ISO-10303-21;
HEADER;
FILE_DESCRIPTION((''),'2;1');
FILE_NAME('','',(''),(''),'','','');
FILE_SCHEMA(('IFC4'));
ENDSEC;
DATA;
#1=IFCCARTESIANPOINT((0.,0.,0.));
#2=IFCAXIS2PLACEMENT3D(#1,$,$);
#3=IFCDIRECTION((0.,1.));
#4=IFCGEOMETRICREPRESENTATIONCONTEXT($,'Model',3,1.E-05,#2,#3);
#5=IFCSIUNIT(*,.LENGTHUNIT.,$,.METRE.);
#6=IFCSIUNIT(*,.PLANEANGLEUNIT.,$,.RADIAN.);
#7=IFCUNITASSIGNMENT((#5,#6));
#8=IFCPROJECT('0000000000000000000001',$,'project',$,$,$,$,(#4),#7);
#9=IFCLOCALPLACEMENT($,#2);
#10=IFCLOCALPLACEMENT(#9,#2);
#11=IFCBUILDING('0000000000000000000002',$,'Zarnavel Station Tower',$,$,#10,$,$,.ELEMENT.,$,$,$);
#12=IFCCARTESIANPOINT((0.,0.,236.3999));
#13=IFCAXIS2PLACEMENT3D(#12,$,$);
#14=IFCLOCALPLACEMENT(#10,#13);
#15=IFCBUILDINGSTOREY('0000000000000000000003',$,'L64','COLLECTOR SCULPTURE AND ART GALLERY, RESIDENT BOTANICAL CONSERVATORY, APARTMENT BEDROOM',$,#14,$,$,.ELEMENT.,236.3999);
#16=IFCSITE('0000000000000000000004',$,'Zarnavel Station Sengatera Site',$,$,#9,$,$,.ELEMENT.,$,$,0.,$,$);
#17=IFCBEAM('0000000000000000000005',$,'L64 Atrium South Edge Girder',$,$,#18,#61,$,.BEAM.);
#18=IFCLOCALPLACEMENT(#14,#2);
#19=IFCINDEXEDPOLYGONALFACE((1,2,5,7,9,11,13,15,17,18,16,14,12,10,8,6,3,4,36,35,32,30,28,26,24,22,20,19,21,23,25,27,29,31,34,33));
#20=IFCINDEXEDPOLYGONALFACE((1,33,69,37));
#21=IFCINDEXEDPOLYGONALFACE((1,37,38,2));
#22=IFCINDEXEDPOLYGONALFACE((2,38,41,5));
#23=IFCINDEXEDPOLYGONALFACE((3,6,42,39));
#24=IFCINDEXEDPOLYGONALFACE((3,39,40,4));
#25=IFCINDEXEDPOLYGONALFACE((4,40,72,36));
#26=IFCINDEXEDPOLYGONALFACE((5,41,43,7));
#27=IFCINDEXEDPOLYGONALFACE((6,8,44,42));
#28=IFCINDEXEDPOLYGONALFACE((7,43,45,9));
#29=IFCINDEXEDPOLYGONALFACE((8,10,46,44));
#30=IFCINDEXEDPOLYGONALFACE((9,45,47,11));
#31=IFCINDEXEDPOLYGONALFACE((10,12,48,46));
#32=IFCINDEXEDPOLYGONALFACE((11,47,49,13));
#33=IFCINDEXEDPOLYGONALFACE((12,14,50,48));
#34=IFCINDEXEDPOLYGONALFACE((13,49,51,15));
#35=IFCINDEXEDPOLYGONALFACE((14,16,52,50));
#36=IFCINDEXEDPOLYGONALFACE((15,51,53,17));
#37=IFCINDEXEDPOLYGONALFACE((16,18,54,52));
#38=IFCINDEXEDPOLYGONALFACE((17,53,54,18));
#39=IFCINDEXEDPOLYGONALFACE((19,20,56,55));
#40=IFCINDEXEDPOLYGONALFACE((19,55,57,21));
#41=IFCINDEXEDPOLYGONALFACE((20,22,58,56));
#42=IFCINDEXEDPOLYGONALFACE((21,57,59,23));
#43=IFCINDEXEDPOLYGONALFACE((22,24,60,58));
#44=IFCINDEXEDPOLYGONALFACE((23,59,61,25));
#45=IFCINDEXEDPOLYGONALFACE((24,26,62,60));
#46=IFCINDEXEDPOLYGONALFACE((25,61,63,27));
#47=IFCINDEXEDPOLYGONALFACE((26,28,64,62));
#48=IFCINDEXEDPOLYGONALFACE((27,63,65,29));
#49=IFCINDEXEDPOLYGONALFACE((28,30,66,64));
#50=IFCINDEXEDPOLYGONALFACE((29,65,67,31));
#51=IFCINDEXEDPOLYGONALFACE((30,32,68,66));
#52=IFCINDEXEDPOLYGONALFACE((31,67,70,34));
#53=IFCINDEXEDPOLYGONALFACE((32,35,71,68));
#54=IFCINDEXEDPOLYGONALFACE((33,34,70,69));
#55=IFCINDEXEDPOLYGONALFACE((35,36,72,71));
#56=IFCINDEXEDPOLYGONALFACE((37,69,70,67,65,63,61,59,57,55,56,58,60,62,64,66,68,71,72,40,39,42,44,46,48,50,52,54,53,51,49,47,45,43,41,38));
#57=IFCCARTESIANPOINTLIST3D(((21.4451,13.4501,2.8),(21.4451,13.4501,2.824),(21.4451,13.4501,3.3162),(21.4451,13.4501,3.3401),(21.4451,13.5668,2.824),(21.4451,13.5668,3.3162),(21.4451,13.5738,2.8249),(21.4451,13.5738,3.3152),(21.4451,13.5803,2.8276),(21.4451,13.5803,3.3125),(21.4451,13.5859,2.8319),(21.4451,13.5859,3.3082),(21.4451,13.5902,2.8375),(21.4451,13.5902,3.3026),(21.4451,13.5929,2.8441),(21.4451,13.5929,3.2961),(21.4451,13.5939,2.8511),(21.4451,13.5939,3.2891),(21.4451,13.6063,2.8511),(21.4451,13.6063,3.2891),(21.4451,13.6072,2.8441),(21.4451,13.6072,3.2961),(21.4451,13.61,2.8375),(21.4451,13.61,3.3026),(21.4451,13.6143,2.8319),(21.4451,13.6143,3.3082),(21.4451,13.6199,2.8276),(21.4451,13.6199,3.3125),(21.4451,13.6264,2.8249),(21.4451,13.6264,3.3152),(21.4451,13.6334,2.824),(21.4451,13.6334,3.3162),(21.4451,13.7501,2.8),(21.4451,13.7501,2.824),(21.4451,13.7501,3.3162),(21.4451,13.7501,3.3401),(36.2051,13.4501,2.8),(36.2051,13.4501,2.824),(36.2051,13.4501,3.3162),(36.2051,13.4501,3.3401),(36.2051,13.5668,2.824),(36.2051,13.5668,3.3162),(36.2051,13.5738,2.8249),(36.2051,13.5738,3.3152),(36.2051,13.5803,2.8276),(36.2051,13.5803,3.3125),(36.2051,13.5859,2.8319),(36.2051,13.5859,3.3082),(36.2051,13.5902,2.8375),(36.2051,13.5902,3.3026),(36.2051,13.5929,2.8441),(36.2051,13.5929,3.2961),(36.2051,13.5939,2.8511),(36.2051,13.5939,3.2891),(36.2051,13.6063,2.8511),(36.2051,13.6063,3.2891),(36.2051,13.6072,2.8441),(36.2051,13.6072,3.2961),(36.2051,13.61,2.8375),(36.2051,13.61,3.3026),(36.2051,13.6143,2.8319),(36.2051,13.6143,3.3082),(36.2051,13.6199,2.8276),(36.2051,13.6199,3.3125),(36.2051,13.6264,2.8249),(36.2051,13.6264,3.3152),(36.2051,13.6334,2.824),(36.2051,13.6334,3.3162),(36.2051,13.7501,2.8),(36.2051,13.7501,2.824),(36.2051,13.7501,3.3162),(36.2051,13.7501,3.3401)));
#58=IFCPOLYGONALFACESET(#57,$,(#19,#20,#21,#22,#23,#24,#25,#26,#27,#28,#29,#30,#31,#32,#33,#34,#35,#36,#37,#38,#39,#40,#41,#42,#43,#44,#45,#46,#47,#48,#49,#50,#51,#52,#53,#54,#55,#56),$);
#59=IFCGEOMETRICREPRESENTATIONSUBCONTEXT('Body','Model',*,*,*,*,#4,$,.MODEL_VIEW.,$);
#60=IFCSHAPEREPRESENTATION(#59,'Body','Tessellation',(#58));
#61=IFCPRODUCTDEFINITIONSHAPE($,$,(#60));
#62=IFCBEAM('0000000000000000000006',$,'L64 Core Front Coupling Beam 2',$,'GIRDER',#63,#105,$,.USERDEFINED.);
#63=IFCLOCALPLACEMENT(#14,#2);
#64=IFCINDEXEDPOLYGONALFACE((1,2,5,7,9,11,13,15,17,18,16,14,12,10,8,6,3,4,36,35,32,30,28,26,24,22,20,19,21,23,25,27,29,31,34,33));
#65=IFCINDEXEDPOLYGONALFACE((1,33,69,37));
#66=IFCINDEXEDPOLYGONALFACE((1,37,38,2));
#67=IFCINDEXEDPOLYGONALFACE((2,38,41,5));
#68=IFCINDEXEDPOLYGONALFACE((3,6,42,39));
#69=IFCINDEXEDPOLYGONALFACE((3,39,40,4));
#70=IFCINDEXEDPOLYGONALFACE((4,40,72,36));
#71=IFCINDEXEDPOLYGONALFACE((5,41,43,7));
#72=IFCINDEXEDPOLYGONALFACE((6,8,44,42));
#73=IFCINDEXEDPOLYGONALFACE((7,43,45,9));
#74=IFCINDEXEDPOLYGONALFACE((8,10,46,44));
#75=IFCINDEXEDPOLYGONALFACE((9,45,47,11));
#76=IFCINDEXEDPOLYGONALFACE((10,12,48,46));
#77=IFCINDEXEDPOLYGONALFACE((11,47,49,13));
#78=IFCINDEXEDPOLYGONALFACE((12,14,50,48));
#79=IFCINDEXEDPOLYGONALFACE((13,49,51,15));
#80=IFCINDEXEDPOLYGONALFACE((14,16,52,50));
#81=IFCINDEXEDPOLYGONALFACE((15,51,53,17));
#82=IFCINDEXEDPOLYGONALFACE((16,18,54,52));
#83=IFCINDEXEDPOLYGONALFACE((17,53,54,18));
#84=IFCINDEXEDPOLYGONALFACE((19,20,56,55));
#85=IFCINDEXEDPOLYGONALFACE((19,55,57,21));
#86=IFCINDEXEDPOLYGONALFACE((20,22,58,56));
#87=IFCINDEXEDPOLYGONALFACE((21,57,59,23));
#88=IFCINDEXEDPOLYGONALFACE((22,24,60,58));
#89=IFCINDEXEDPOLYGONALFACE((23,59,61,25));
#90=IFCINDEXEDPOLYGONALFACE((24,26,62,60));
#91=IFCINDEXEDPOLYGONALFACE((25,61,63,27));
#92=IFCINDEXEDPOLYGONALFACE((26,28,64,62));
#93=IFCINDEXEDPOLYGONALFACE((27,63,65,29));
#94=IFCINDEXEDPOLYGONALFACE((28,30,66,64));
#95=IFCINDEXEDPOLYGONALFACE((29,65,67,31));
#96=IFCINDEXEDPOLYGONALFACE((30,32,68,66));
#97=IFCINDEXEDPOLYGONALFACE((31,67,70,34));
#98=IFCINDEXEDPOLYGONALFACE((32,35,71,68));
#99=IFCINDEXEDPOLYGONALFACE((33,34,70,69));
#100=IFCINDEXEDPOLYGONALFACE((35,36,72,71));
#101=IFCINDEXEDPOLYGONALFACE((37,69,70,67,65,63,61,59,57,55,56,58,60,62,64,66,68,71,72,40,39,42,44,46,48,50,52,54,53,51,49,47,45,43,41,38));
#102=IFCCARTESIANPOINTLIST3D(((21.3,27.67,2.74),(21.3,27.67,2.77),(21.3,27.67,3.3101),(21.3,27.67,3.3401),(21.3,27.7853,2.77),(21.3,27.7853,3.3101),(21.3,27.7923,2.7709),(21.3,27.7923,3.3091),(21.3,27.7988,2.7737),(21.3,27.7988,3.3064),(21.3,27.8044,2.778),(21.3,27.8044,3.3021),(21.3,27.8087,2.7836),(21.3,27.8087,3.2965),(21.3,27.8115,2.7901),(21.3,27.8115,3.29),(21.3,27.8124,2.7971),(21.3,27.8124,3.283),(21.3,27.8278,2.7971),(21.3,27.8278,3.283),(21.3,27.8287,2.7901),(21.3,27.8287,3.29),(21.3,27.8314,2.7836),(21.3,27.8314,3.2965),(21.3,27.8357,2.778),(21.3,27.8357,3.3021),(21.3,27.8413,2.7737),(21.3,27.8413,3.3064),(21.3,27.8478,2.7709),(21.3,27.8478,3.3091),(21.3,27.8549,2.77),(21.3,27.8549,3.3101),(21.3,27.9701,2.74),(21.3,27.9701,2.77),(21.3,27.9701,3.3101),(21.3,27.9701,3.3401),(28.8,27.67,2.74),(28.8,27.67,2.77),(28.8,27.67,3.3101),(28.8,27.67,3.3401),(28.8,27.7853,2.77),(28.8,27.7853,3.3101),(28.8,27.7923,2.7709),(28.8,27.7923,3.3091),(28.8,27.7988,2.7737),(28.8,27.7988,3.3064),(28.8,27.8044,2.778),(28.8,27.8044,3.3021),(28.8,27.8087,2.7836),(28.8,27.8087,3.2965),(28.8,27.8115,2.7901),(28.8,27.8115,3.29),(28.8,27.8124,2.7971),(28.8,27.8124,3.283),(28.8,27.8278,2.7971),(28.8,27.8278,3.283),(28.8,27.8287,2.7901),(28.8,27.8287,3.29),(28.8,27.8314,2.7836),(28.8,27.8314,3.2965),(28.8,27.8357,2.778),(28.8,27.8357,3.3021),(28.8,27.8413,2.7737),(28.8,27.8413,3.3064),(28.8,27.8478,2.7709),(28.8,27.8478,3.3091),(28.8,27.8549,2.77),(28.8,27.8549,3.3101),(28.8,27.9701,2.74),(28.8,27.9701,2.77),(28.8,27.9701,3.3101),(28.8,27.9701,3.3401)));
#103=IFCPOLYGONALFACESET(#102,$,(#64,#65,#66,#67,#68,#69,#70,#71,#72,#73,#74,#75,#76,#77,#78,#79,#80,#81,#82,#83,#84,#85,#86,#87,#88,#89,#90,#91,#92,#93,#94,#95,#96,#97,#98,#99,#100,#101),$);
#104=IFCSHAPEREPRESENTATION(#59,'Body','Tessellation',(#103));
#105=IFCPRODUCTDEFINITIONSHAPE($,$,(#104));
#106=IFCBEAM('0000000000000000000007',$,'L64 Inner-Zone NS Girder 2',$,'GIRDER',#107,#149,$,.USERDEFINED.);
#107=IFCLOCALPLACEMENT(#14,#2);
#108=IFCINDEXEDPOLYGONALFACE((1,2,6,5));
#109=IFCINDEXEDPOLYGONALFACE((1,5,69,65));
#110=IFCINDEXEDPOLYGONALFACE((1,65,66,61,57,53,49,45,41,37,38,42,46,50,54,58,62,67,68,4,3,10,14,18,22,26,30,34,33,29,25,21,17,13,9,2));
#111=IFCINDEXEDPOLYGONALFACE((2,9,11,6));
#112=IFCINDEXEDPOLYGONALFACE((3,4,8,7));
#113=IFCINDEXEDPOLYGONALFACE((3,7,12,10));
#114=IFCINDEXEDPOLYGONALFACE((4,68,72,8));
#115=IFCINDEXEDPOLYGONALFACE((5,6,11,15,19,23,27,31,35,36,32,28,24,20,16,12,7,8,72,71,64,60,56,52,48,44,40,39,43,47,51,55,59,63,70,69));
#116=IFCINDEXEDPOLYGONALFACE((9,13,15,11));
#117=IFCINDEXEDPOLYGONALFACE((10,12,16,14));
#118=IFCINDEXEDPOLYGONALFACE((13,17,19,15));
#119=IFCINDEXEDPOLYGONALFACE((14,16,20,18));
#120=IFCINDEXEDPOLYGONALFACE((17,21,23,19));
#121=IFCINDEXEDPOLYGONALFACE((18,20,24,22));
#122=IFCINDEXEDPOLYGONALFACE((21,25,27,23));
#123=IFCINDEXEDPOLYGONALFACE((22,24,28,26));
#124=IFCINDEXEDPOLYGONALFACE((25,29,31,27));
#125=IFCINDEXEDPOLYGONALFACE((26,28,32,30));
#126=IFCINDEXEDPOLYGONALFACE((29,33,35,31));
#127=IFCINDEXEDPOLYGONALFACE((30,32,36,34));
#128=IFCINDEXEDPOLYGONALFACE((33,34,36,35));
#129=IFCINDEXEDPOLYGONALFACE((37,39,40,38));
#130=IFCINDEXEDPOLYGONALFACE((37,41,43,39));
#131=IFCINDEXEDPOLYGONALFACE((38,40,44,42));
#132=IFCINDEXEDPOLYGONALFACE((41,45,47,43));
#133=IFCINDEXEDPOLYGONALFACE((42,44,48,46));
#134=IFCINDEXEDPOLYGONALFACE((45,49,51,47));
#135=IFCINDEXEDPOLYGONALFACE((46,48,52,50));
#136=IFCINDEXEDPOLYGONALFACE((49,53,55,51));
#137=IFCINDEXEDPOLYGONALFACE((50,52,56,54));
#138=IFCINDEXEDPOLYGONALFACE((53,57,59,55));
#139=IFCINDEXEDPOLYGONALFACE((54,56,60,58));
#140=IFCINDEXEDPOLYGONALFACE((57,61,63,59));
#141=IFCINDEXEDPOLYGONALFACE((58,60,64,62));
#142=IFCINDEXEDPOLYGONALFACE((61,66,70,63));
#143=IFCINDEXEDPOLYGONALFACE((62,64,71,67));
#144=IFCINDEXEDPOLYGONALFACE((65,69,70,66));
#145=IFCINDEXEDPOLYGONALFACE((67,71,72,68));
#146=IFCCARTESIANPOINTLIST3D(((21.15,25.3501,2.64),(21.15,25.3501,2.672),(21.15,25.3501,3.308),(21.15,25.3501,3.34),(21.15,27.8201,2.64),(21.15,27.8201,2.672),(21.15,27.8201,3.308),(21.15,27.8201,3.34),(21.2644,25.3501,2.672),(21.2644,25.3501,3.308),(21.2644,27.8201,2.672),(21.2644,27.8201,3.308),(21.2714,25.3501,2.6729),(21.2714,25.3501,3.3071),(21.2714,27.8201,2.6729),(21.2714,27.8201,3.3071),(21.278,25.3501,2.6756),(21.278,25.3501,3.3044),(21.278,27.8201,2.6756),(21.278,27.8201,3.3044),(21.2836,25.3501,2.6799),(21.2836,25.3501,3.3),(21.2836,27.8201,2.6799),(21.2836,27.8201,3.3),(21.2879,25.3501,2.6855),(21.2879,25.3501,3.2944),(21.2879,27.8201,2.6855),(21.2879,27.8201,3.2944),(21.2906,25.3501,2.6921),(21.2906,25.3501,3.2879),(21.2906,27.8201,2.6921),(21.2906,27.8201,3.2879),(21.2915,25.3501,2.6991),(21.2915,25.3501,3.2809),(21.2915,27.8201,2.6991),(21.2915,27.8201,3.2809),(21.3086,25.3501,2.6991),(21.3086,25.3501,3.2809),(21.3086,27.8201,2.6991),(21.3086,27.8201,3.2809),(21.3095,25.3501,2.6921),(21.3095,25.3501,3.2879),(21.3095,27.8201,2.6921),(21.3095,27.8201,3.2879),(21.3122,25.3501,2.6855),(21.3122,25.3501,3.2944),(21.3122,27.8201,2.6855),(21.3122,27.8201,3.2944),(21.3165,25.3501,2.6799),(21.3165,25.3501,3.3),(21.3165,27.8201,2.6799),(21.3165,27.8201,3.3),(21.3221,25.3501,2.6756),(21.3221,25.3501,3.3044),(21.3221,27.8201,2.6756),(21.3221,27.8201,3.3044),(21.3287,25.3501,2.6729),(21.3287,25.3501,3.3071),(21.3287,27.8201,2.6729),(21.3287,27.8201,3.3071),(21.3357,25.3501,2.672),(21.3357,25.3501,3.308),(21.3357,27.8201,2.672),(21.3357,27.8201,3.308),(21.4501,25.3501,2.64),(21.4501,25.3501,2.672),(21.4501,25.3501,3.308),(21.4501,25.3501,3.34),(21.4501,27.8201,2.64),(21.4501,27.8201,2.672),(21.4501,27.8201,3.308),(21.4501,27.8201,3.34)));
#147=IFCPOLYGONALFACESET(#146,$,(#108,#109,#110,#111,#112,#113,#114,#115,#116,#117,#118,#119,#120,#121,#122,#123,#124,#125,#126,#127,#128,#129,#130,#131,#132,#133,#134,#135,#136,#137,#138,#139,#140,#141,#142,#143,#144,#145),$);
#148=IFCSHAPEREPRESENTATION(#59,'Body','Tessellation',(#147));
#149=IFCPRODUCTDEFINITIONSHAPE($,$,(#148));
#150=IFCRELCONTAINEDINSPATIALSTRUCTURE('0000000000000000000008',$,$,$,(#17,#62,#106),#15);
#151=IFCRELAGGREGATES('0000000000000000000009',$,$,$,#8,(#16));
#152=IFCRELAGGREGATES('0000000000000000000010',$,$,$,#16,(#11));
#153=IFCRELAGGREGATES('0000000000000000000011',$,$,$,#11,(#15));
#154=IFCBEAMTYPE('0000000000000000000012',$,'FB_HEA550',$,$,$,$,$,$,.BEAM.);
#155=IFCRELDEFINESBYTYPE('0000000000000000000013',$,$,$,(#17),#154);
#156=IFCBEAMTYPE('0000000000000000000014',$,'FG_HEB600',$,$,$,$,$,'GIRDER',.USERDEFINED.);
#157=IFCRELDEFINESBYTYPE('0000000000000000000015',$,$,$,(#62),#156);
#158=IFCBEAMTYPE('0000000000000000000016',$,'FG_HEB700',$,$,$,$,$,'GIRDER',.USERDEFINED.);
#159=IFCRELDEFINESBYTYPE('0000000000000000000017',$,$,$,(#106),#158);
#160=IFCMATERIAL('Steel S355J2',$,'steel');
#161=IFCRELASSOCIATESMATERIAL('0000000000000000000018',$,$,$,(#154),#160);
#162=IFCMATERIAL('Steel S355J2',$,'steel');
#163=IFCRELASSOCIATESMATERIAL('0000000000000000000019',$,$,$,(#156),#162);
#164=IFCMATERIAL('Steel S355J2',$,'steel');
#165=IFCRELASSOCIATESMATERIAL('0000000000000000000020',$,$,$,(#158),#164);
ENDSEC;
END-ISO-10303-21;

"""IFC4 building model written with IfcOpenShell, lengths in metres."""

from ifc_helpers import new_model, si_unit, direction, frame, origin, origin_2d, place, context, subcontext, project, spatial, i_section, extrude, material, material_profile, profile_set, type_object, element, save


model = new_model("IFC4")

# Units and contexts
model_context = context("Model", 3, precision=1e-05, world=origin(), true_north=direction((0.0, 1.0)))
body_context = subcontext(model_context, "Body", "Model", "MODEL_VIEW")
ifc_project = project(units=[si_unit("LENGTHUNIT", "METRE"), si_unit("PLANEANGLEUNIT", "RADIAN")], contexts=[model_context])

# Site, building, storey
site_placement = place(None, origin())
site = spatial("IfcSite", under=ifc_project, at=site_placement, Name="Zarnavel Station Sengatera Site", CompositionType="ELEMENT", RefElevation=0.0)
building_placement = place(site_placement, origin())
building = spatial("IfcBuilding", under=site, at=building_placement, Name="Zarnavel Station Tower", CompositionType="ELEMENT")
storey_placement = place(building_placement, frame((0.0, 0.0, 236.3999)))
storey = spatial("IfcBuildingStorey", under=building, at=storey_placement, Name="L64", Description="COLLECTOR SCULPTURE AND ART GALLERY, RESIDENT BOTANICAL CONSERVATORY, APARTMENT BEDROOM", CompositionType="ELEMENT", Elevation=236.3999)

# Beams
ifc_material_1 = material(Name="Steel S355J2", Category="steel")
ifc_material_profile_1 = material_profile(ifc_material_1, i_section(OverallWidth=0.3, OverallDepth=0.54, WebThickness=0.0125, FlangeThickness=0.0239, FilletRadius=0.0271, at=origin_2d()), Name="HEA550")
ifc_profile_set_1 = profile_set([ifc_material_profile_1], Name="Steel S355J2")
beam_type_1 = type_object("IfcBeamType", Name="FB_HEA550", PredefinedType="BEAM", material=ifc_profile_set_1)
beam_1_placement = place(storey_placement, frame((21.4451, 13.6001, 3.0701), z_axis=(1.0, 0.0, 0.0), x_axis=(0.0, 1.0, 0.0)))
element("IfcBeam", 1, at=beam_1_placement, inside=storey, type_object=beam_type_1, Name="L64 Atrium South Edge Girder", PredefinedType="BEAM", context=body_context, shape_type="SweptSolid", body=[
    extrude(i_section(OverallWidth=0.3, OverallDepth=0.54, WebThickness=0.0125, FlangeThickness=0.0239, FilletRadius=0.0271, at=origin_2d()), origin(), (0.0, 0.0, 1.0), 14.76),
])
ifc_material_2 = material(Name="Steel S355J2", Category="steel")
ifc_material_profile_2 = material_profile(ifc_material_2, i_section(OverallWidth=0.3, OverallDepth=0.6001, WebThickness=0.0154, FlangeThickness=0.03, FilletRadius=0.0271, at=origin_2d()), Name="HEB600")
ifc_profile_set_2 = profile_set([ifc_material_profile_2], Name="Steel S355J2")
beam_type_2 = type_object("IfcBeamType", Name="FG_HEB600", ElementType="GIRDER", PredefinedType="USERDEFINED", material=ifc_profile_set_2)
beam_2_placement = place(storey_placement, frame((21.3, 27.8201, 3.04), z_axis=(1.0, 0.0, 0.0), x_axis=(0.0, 1.0, 0.0)))
element("IfcBeam", 2, at=beam_2_placement, inside=storey, type_object=beam_type_2, Name="L64 Core Front Coupling Beam 2", ObjectType="GIRDER", PredefinedType="USERDEFINED", context=body_context, shape_type="SweptSolid", body=[
    extrude(i_section(OverallWidth=0.3, OverallDepth=0.6001, WebThickness=0.0154, FlangeThickness=0.03, FilletRadius=0.0271, at=origin_2d()), origin(), (0.0, 0.0, 1.0), 7.5),
])
ifc_material_3 = material(Name="Steel S355J2", Category="steel")
ifc_material_profile_3 = material_profile(ifc_material_3, i_section(OverallWidth=0.3, OverallDepth=0.7, WebThickness=0.0171, FlangeThickness=0.032, FilletRadius=0.0271, at=origin_2d()), Name="HEB700")
ifc_profile_set_3 = profile_set([ifc_material_profile_3], Name="Steel S355J2")
beam_type_3 = type_object("IfcBeamType", Name="FG_HEB700", ElementType="GIRDER", PredefinedType="USERDEFINED", material=ifc_profile_set_3)
beam_3_placement = place(storey_placement, frame((21.3, 25.3501, 2.99), z_axis=(0.0, 1.0, 0.0), x_axis=(-1.0, 0.0, 0.0)))
element("IfcBeam", 3, at=beam_3_placement, inside=storey, type_object=beam_type_3, Name="L64 Inner-Zone NS Girder 2", ObjectType="GIRDER", PredefinedType="USERDEFINED", context=body_context, shape_type="SweptSolid", body=[
    extrude(i_section(OverallWidth=0.3, OverallDepth=0.7, WebThickness=0.0171, FlangeThickness=0.032, FilletRadius=0.0271, at=origin_2d()), origin(), (0.0, 0.0, 1.0), 2.47),
])

save(model, "model.ifc")
